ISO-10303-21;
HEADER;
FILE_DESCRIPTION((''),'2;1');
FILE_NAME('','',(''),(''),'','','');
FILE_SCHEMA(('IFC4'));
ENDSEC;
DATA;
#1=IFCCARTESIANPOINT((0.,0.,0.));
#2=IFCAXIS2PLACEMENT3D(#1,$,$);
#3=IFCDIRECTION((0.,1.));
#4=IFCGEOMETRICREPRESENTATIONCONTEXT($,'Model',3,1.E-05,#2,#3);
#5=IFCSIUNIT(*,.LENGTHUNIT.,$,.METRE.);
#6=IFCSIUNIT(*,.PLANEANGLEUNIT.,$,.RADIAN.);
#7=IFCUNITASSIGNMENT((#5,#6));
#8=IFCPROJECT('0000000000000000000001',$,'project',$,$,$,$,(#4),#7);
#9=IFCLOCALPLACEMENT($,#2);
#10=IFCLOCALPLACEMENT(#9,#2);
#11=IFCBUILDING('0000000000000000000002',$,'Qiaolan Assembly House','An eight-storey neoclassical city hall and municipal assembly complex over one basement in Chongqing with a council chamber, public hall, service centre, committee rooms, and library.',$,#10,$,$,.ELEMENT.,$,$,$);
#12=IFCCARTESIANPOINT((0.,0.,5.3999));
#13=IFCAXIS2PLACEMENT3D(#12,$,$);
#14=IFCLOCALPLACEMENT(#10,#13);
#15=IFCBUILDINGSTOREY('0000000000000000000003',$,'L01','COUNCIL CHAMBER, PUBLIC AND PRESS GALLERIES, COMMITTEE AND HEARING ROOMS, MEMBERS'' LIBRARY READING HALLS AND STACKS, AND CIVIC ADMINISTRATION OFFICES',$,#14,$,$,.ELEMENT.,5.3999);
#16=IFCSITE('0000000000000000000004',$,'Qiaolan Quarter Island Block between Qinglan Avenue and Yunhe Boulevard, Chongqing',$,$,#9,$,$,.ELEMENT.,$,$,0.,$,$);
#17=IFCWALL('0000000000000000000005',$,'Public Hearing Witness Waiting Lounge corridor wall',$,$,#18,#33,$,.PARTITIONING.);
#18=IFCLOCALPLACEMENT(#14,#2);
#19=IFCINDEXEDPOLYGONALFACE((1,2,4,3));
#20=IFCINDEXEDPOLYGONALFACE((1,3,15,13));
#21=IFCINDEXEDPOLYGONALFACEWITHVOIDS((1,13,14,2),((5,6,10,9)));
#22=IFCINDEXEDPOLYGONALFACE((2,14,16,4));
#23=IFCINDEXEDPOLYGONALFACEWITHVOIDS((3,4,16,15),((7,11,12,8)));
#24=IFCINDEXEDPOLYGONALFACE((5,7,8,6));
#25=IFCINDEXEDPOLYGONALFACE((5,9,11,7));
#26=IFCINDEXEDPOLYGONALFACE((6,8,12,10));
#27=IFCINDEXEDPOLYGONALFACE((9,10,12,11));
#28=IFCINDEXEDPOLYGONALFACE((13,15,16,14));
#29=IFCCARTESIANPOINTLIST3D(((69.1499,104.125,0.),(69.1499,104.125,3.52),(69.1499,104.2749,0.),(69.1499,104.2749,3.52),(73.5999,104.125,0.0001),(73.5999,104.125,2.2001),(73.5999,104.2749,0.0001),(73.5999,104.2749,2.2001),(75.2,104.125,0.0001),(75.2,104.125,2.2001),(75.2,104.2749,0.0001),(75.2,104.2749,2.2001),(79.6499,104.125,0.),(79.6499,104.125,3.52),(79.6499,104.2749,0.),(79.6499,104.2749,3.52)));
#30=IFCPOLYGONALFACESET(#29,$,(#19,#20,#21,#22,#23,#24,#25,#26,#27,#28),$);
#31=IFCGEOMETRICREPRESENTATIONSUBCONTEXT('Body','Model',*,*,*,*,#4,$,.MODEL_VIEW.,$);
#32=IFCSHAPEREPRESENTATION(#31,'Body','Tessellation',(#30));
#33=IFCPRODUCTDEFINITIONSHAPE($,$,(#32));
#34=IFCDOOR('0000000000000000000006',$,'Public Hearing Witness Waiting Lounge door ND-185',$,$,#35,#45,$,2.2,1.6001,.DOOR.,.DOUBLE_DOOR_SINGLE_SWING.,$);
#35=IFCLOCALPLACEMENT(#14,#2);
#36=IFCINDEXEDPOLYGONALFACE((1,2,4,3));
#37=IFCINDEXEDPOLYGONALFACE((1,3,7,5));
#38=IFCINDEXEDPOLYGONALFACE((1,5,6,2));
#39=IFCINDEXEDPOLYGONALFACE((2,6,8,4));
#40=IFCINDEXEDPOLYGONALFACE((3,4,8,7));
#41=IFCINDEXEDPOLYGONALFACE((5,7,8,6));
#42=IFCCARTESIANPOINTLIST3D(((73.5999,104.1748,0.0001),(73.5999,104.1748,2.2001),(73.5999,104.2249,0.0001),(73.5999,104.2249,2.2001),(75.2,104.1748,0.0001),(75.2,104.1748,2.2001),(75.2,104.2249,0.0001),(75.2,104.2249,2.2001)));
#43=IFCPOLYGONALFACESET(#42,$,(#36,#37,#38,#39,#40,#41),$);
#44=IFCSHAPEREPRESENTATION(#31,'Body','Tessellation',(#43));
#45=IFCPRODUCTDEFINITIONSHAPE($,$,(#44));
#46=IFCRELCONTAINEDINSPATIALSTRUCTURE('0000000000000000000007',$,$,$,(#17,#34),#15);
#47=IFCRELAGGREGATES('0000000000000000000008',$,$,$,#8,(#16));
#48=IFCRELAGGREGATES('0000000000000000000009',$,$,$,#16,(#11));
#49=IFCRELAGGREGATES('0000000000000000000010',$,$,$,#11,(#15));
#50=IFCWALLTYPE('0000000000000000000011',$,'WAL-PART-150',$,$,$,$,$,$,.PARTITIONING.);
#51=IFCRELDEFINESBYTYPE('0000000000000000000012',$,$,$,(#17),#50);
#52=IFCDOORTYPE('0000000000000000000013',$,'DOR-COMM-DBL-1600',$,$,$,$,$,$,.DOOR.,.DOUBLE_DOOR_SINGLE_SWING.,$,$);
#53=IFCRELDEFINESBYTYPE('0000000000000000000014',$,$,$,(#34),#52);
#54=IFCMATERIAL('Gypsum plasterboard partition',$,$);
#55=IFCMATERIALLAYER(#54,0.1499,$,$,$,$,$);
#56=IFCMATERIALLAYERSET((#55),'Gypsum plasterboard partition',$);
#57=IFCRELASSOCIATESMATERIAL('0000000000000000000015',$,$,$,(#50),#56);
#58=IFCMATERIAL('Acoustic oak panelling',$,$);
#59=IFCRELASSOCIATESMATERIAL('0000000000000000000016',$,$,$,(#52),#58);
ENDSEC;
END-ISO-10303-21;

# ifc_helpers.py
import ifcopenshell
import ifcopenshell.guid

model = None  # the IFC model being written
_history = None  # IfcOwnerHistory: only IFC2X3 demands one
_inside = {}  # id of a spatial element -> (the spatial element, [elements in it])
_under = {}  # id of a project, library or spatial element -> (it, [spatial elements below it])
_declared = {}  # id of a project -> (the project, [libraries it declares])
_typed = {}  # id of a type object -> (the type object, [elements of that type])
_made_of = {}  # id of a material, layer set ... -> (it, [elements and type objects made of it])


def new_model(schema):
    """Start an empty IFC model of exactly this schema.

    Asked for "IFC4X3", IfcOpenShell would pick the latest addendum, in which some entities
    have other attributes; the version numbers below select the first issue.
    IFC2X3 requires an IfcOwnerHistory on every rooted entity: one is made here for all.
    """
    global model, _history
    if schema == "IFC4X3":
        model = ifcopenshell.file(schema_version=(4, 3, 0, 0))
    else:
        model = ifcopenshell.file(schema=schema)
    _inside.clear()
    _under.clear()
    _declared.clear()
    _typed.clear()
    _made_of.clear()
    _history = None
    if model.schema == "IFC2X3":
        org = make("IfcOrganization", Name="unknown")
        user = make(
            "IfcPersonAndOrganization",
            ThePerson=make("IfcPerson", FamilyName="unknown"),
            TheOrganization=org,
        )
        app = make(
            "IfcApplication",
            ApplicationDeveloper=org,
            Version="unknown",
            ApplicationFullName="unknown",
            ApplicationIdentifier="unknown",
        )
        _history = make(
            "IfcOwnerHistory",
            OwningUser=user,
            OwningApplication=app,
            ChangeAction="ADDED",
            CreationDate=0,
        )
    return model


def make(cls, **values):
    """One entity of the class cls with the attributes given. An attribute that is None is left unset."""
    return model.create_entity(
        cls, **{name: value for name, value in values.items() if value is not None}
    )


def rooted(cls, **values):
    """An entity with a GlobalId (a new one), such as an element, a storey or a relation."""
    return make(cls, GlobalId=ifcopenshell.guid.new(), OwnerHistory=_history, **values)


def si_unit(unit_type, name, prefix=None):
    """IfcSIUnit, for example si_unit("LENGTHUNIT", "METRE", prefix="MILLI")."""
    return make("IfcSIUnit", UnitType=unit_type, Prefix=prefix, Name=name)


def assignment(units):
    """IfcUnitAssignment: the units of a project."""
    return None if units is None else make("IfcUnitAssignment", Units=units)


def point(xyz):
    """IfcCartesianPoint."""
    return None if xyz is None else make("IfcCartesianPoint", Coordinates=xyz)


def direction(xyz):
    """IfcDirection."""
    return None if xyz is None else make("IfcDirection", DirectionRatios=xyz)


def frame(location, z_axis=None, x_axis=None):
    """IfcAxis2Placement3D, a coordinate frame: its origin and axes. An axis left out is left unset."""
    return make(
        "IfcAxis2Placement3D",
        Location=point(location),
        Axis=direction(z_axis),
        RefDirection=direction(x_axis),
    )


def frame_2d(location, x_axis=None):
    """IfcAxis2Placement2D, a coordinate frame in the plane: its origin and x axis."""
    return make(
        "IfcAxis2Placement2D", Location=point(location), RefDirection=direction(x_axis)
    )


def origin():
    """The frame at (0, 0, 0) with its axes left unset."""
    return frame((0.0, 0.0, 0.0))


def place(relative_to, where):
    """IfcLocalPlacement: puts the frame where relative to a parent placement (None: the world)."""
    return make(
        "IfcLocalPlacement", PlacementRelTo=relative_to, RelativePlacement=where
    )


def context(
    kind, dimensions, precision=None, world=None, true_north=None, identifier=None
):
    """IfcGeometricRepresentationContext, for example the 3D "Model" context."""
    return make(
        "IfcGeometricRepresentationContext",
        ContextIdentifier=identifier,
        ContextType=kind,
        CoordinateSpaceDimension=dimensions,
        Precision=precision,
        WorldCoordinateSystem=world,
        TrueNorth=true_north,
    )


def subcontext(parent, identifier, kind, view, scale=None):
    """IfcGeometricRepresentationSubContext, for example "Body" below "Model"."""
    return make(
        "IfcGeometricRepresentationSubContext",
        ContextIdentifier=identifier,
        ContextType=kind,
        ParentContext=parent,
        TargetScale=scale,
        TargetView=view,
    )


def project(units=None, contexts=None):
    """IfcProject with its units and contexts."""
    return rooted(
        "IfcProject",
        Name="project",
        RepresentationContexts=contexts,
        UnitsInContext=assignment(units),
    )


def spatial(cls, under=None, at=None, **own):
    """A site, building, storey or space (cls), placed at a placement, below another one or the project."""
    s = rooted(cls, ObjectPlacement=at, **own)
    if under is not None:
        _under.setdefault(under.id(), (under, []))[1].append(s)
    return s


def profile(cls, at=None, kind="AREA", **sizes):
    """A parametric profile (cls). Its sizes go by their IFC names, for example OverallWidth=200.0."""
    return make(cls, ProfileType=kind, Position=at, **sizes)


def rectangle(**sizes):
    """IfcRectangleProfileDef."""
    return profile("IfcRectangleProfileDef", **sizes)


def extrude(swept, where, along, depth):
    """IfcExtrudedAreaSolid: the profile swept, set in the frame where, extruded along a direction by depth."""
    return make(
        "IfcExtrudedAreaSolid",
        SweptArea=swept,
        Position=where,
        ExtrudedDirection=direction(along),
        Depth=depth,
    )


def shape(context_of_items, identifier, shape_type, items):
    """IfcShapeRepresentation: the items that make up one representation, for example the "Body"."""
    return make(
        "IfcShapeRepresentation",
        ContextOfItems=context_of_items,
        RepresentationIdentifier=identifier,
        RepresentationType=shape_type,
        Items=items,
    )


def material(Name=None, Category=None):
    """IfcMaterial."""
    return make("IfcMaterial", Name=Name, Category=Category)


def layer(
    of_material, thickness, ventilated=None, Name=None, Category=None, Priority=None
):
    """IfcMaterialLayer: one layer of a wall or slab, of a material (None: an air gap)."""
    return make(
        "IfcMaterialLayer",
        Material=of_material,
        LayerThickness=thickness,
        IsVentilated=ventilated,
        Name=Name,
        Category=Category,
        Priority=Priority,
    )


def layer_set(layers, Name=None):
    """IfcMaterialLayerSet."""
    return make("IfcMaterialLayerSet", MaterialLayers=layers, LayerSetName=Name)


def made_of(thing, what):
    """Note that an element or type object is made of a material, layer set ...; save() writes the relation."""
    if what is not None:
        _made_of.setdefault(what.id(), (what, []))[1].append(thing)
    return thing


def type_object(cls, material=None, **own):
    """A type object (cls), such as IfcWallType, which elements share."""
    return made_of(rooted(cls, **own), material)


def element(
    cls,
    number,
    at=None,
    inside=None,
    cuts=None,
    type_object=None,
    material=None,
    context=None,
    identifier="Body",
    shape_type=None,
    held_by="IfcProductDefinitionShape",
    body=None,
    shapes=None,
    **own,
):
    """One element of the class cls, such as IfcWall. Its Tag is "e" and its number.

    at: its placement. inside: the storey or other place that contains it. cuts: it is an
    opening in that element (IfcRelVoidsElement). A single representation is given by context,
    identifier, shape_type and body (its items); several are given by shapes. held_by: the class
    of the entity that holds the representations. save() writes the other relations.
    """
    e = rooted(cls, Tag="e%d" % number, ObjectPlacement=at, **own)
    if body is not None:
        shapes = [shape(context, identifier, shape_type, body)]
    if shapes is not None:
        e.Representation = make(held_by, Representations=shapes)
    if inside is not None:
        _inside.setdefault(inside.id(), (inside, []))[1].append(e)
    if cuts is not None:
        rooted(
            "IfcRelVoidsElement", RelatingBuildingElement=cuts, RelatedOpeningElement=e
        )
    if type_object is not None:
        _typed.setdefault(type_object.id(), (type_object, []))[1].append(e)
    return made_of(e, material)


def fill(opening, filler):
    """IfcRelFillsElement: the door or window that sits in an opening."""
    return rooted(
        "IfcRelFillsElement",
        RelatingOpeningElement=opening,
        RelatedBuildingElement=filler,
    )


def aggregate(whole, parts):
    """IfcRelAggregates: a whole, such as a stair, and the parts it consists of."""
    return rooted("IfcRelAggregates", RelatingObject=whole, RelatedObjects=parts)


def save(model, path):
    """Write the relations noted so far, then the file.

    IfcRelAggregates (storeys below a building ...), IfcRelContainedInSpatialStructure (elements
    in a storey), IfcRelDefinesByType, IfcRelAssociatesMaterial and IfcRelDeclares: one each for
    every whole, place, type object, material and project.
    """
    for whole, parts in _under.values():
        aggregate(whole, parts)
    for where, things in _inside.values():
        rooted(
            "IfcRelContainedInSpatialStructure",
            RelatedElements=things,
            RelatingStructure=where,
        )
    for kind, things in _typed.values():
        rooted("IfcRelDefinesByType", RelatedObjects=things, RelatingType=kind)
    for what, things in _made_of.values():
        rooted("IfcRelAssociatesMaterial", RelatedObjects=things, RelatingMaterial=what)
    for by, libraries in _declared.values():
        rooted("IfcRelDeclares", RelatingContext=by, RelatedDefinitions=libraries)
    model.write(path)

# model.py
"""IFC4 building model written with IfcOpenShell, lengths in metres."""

from ifc_helpers import new_model, si_unit, direction, frame, frame_2d, origin, place, context, subcontext, project, spatial, rectangle, extrude, material, layer, layer_set, type_object, element, fill, save


model = new_model("IFC4")

# Units and contexts
model_context = context("Model", 3, precision=1e-05, world=origin(), true_north=direction((0.0, 1.0)))
body_context = subcontext(model_context, "Body", "Model", "MODEL_VIEW")
ifc_project = project(units=[si_unit("LENGTHUNIT", "METRE"), si_unit("PLANEANGLEUNIT", "RADIAN")], contexts=[model_context])

# Site, building, storey
site_placement = place(None, origin())
site = spatial("IfcSite", under=ifc_project, at=site_placement, Name="Qiaolan Quarter Island Block between Qinglan Avenue and Yunhe Boulevard, Chongqing", CompositionType="ELEMENT", RefElevation=0.0)
building_placement = place(site_placement, origin())
building = spatial("IfcBuilding", under=site, at=building_placement, Name="Qiaolan Assembly House", Description="An eight-storey neoclassical city hall and municipal assembly complex over one basement in Chongqing with a council chamber, public hall, service centre, committee rooms, and library.", CompositionType="ELEMENT")
storey_placement = place(building_placement, frame((0.0, 0.0, 5.3999)))
storey = spatial("IfcBuildingStorey", under=building, at=storey_placement, Name="L01", Description="COUNCIL CHAMBER, PUBLIC AND PRESS GALLERIES, COMMITTEE AND HEARING ROOMS, MEMBERS' LIBRARY READING HALLS AND STACKS, AND CIVIC ADMINISTRATION OFFICES", CompositionType="ELEMENT", Elevation=5.3999)

# Shared definitions
ifc_material_1 = material(Name="Gypsum plasterboard partition")

# Wall, opening, door
ifc_layer_1 = layer(ifc_material_1, 0.1499)
ifc_layer_set_1 = layer_set([ifc_layer_1], Name="Gypsum plasterboard partition")
wall_type_1 = type_object("IfcWallType", Name="WAL-PART-150", PredefinedType="PARTITIONING", material=ifc_layer_set_1)
wall_1_placement = place(storey_placement, frame((69.1499, 104.2, 0.0), z_axis=(0.0, 0.0, 1.0), x_axis=(1.0, 0.0, 0.0)))
wall_1 = element("IfcWall", 1, at=wall_1_placement, inside=storey, type_object=wall_type_1, Name="Public Hearing Witness Waiting Lounge corridor wall", PredefinedType="PARTITIONING", context=body_context, shape_type="SweptSolid", body=[
    extrude(rectangle(XDim=10.5, YDim=0.1499, at=frame_2d((5.25, 0.0))), origin(), (0.0, 0.0, 1.0), 3.52),
])
opening_1_placement = place(wall_1_placement, frame((4.45, 0.0, 0.0)))
opening_1 = element("IfcOpeningElement", 2, at=opening_1_placement, cuts=wall_1, PredefinedType="OPENING", context=body_context, shape_type="SweptSolid", body=[
    extrude(rectangle(XDim=1.6001, YDim=2.2, at=frame_2d((0.8, 1.1001))), frame((0.0, 0.085, 0.0), z_axis=(0.0, -1.0, 0.0), x_axis=(1.0, 0.0, 0.0)), (0.0, 0.0, 1.0), 0.1699),
])
ifc_material_2 = material(Name="Acoustic oak panelling")
door_type = type_object("IfcDoorType", Name="DOR-COMM-DBL-1600", OperationType="DOUBLE_DOOR_SINGLE_SWING", PredefinedType="DOOR", material=ifc_material_2)
door_placement = place(opening_1_placement, origin())
door = element("IfcDoor", 3, at=door_placement, inside=storey, type_object=door_type, Name="Public Hearing Witness Waiting Lounge door ND-185", OperationType="DOUBLE_DOOR_SINGLE_SWING", OverallHeight=2.2, OverallWidth=1.6001, PredefinedType="DOOR", context=body_context, shape_type="SweptSolid", body=[
    extrude(rectangle(XDim=1.6001, YDim=2.2, at=frame_2d((0.8, 1.1001))), frame((0.0, 0.0249, 0.0), z_axis=(0.0, -1.0, 0.0), x_axis=(1.0, 0.0, 0.0)), (0.0, 0.0, 1.0), 0.05),
])
fill(opening_1, door)

save(model, "model.ifc")
